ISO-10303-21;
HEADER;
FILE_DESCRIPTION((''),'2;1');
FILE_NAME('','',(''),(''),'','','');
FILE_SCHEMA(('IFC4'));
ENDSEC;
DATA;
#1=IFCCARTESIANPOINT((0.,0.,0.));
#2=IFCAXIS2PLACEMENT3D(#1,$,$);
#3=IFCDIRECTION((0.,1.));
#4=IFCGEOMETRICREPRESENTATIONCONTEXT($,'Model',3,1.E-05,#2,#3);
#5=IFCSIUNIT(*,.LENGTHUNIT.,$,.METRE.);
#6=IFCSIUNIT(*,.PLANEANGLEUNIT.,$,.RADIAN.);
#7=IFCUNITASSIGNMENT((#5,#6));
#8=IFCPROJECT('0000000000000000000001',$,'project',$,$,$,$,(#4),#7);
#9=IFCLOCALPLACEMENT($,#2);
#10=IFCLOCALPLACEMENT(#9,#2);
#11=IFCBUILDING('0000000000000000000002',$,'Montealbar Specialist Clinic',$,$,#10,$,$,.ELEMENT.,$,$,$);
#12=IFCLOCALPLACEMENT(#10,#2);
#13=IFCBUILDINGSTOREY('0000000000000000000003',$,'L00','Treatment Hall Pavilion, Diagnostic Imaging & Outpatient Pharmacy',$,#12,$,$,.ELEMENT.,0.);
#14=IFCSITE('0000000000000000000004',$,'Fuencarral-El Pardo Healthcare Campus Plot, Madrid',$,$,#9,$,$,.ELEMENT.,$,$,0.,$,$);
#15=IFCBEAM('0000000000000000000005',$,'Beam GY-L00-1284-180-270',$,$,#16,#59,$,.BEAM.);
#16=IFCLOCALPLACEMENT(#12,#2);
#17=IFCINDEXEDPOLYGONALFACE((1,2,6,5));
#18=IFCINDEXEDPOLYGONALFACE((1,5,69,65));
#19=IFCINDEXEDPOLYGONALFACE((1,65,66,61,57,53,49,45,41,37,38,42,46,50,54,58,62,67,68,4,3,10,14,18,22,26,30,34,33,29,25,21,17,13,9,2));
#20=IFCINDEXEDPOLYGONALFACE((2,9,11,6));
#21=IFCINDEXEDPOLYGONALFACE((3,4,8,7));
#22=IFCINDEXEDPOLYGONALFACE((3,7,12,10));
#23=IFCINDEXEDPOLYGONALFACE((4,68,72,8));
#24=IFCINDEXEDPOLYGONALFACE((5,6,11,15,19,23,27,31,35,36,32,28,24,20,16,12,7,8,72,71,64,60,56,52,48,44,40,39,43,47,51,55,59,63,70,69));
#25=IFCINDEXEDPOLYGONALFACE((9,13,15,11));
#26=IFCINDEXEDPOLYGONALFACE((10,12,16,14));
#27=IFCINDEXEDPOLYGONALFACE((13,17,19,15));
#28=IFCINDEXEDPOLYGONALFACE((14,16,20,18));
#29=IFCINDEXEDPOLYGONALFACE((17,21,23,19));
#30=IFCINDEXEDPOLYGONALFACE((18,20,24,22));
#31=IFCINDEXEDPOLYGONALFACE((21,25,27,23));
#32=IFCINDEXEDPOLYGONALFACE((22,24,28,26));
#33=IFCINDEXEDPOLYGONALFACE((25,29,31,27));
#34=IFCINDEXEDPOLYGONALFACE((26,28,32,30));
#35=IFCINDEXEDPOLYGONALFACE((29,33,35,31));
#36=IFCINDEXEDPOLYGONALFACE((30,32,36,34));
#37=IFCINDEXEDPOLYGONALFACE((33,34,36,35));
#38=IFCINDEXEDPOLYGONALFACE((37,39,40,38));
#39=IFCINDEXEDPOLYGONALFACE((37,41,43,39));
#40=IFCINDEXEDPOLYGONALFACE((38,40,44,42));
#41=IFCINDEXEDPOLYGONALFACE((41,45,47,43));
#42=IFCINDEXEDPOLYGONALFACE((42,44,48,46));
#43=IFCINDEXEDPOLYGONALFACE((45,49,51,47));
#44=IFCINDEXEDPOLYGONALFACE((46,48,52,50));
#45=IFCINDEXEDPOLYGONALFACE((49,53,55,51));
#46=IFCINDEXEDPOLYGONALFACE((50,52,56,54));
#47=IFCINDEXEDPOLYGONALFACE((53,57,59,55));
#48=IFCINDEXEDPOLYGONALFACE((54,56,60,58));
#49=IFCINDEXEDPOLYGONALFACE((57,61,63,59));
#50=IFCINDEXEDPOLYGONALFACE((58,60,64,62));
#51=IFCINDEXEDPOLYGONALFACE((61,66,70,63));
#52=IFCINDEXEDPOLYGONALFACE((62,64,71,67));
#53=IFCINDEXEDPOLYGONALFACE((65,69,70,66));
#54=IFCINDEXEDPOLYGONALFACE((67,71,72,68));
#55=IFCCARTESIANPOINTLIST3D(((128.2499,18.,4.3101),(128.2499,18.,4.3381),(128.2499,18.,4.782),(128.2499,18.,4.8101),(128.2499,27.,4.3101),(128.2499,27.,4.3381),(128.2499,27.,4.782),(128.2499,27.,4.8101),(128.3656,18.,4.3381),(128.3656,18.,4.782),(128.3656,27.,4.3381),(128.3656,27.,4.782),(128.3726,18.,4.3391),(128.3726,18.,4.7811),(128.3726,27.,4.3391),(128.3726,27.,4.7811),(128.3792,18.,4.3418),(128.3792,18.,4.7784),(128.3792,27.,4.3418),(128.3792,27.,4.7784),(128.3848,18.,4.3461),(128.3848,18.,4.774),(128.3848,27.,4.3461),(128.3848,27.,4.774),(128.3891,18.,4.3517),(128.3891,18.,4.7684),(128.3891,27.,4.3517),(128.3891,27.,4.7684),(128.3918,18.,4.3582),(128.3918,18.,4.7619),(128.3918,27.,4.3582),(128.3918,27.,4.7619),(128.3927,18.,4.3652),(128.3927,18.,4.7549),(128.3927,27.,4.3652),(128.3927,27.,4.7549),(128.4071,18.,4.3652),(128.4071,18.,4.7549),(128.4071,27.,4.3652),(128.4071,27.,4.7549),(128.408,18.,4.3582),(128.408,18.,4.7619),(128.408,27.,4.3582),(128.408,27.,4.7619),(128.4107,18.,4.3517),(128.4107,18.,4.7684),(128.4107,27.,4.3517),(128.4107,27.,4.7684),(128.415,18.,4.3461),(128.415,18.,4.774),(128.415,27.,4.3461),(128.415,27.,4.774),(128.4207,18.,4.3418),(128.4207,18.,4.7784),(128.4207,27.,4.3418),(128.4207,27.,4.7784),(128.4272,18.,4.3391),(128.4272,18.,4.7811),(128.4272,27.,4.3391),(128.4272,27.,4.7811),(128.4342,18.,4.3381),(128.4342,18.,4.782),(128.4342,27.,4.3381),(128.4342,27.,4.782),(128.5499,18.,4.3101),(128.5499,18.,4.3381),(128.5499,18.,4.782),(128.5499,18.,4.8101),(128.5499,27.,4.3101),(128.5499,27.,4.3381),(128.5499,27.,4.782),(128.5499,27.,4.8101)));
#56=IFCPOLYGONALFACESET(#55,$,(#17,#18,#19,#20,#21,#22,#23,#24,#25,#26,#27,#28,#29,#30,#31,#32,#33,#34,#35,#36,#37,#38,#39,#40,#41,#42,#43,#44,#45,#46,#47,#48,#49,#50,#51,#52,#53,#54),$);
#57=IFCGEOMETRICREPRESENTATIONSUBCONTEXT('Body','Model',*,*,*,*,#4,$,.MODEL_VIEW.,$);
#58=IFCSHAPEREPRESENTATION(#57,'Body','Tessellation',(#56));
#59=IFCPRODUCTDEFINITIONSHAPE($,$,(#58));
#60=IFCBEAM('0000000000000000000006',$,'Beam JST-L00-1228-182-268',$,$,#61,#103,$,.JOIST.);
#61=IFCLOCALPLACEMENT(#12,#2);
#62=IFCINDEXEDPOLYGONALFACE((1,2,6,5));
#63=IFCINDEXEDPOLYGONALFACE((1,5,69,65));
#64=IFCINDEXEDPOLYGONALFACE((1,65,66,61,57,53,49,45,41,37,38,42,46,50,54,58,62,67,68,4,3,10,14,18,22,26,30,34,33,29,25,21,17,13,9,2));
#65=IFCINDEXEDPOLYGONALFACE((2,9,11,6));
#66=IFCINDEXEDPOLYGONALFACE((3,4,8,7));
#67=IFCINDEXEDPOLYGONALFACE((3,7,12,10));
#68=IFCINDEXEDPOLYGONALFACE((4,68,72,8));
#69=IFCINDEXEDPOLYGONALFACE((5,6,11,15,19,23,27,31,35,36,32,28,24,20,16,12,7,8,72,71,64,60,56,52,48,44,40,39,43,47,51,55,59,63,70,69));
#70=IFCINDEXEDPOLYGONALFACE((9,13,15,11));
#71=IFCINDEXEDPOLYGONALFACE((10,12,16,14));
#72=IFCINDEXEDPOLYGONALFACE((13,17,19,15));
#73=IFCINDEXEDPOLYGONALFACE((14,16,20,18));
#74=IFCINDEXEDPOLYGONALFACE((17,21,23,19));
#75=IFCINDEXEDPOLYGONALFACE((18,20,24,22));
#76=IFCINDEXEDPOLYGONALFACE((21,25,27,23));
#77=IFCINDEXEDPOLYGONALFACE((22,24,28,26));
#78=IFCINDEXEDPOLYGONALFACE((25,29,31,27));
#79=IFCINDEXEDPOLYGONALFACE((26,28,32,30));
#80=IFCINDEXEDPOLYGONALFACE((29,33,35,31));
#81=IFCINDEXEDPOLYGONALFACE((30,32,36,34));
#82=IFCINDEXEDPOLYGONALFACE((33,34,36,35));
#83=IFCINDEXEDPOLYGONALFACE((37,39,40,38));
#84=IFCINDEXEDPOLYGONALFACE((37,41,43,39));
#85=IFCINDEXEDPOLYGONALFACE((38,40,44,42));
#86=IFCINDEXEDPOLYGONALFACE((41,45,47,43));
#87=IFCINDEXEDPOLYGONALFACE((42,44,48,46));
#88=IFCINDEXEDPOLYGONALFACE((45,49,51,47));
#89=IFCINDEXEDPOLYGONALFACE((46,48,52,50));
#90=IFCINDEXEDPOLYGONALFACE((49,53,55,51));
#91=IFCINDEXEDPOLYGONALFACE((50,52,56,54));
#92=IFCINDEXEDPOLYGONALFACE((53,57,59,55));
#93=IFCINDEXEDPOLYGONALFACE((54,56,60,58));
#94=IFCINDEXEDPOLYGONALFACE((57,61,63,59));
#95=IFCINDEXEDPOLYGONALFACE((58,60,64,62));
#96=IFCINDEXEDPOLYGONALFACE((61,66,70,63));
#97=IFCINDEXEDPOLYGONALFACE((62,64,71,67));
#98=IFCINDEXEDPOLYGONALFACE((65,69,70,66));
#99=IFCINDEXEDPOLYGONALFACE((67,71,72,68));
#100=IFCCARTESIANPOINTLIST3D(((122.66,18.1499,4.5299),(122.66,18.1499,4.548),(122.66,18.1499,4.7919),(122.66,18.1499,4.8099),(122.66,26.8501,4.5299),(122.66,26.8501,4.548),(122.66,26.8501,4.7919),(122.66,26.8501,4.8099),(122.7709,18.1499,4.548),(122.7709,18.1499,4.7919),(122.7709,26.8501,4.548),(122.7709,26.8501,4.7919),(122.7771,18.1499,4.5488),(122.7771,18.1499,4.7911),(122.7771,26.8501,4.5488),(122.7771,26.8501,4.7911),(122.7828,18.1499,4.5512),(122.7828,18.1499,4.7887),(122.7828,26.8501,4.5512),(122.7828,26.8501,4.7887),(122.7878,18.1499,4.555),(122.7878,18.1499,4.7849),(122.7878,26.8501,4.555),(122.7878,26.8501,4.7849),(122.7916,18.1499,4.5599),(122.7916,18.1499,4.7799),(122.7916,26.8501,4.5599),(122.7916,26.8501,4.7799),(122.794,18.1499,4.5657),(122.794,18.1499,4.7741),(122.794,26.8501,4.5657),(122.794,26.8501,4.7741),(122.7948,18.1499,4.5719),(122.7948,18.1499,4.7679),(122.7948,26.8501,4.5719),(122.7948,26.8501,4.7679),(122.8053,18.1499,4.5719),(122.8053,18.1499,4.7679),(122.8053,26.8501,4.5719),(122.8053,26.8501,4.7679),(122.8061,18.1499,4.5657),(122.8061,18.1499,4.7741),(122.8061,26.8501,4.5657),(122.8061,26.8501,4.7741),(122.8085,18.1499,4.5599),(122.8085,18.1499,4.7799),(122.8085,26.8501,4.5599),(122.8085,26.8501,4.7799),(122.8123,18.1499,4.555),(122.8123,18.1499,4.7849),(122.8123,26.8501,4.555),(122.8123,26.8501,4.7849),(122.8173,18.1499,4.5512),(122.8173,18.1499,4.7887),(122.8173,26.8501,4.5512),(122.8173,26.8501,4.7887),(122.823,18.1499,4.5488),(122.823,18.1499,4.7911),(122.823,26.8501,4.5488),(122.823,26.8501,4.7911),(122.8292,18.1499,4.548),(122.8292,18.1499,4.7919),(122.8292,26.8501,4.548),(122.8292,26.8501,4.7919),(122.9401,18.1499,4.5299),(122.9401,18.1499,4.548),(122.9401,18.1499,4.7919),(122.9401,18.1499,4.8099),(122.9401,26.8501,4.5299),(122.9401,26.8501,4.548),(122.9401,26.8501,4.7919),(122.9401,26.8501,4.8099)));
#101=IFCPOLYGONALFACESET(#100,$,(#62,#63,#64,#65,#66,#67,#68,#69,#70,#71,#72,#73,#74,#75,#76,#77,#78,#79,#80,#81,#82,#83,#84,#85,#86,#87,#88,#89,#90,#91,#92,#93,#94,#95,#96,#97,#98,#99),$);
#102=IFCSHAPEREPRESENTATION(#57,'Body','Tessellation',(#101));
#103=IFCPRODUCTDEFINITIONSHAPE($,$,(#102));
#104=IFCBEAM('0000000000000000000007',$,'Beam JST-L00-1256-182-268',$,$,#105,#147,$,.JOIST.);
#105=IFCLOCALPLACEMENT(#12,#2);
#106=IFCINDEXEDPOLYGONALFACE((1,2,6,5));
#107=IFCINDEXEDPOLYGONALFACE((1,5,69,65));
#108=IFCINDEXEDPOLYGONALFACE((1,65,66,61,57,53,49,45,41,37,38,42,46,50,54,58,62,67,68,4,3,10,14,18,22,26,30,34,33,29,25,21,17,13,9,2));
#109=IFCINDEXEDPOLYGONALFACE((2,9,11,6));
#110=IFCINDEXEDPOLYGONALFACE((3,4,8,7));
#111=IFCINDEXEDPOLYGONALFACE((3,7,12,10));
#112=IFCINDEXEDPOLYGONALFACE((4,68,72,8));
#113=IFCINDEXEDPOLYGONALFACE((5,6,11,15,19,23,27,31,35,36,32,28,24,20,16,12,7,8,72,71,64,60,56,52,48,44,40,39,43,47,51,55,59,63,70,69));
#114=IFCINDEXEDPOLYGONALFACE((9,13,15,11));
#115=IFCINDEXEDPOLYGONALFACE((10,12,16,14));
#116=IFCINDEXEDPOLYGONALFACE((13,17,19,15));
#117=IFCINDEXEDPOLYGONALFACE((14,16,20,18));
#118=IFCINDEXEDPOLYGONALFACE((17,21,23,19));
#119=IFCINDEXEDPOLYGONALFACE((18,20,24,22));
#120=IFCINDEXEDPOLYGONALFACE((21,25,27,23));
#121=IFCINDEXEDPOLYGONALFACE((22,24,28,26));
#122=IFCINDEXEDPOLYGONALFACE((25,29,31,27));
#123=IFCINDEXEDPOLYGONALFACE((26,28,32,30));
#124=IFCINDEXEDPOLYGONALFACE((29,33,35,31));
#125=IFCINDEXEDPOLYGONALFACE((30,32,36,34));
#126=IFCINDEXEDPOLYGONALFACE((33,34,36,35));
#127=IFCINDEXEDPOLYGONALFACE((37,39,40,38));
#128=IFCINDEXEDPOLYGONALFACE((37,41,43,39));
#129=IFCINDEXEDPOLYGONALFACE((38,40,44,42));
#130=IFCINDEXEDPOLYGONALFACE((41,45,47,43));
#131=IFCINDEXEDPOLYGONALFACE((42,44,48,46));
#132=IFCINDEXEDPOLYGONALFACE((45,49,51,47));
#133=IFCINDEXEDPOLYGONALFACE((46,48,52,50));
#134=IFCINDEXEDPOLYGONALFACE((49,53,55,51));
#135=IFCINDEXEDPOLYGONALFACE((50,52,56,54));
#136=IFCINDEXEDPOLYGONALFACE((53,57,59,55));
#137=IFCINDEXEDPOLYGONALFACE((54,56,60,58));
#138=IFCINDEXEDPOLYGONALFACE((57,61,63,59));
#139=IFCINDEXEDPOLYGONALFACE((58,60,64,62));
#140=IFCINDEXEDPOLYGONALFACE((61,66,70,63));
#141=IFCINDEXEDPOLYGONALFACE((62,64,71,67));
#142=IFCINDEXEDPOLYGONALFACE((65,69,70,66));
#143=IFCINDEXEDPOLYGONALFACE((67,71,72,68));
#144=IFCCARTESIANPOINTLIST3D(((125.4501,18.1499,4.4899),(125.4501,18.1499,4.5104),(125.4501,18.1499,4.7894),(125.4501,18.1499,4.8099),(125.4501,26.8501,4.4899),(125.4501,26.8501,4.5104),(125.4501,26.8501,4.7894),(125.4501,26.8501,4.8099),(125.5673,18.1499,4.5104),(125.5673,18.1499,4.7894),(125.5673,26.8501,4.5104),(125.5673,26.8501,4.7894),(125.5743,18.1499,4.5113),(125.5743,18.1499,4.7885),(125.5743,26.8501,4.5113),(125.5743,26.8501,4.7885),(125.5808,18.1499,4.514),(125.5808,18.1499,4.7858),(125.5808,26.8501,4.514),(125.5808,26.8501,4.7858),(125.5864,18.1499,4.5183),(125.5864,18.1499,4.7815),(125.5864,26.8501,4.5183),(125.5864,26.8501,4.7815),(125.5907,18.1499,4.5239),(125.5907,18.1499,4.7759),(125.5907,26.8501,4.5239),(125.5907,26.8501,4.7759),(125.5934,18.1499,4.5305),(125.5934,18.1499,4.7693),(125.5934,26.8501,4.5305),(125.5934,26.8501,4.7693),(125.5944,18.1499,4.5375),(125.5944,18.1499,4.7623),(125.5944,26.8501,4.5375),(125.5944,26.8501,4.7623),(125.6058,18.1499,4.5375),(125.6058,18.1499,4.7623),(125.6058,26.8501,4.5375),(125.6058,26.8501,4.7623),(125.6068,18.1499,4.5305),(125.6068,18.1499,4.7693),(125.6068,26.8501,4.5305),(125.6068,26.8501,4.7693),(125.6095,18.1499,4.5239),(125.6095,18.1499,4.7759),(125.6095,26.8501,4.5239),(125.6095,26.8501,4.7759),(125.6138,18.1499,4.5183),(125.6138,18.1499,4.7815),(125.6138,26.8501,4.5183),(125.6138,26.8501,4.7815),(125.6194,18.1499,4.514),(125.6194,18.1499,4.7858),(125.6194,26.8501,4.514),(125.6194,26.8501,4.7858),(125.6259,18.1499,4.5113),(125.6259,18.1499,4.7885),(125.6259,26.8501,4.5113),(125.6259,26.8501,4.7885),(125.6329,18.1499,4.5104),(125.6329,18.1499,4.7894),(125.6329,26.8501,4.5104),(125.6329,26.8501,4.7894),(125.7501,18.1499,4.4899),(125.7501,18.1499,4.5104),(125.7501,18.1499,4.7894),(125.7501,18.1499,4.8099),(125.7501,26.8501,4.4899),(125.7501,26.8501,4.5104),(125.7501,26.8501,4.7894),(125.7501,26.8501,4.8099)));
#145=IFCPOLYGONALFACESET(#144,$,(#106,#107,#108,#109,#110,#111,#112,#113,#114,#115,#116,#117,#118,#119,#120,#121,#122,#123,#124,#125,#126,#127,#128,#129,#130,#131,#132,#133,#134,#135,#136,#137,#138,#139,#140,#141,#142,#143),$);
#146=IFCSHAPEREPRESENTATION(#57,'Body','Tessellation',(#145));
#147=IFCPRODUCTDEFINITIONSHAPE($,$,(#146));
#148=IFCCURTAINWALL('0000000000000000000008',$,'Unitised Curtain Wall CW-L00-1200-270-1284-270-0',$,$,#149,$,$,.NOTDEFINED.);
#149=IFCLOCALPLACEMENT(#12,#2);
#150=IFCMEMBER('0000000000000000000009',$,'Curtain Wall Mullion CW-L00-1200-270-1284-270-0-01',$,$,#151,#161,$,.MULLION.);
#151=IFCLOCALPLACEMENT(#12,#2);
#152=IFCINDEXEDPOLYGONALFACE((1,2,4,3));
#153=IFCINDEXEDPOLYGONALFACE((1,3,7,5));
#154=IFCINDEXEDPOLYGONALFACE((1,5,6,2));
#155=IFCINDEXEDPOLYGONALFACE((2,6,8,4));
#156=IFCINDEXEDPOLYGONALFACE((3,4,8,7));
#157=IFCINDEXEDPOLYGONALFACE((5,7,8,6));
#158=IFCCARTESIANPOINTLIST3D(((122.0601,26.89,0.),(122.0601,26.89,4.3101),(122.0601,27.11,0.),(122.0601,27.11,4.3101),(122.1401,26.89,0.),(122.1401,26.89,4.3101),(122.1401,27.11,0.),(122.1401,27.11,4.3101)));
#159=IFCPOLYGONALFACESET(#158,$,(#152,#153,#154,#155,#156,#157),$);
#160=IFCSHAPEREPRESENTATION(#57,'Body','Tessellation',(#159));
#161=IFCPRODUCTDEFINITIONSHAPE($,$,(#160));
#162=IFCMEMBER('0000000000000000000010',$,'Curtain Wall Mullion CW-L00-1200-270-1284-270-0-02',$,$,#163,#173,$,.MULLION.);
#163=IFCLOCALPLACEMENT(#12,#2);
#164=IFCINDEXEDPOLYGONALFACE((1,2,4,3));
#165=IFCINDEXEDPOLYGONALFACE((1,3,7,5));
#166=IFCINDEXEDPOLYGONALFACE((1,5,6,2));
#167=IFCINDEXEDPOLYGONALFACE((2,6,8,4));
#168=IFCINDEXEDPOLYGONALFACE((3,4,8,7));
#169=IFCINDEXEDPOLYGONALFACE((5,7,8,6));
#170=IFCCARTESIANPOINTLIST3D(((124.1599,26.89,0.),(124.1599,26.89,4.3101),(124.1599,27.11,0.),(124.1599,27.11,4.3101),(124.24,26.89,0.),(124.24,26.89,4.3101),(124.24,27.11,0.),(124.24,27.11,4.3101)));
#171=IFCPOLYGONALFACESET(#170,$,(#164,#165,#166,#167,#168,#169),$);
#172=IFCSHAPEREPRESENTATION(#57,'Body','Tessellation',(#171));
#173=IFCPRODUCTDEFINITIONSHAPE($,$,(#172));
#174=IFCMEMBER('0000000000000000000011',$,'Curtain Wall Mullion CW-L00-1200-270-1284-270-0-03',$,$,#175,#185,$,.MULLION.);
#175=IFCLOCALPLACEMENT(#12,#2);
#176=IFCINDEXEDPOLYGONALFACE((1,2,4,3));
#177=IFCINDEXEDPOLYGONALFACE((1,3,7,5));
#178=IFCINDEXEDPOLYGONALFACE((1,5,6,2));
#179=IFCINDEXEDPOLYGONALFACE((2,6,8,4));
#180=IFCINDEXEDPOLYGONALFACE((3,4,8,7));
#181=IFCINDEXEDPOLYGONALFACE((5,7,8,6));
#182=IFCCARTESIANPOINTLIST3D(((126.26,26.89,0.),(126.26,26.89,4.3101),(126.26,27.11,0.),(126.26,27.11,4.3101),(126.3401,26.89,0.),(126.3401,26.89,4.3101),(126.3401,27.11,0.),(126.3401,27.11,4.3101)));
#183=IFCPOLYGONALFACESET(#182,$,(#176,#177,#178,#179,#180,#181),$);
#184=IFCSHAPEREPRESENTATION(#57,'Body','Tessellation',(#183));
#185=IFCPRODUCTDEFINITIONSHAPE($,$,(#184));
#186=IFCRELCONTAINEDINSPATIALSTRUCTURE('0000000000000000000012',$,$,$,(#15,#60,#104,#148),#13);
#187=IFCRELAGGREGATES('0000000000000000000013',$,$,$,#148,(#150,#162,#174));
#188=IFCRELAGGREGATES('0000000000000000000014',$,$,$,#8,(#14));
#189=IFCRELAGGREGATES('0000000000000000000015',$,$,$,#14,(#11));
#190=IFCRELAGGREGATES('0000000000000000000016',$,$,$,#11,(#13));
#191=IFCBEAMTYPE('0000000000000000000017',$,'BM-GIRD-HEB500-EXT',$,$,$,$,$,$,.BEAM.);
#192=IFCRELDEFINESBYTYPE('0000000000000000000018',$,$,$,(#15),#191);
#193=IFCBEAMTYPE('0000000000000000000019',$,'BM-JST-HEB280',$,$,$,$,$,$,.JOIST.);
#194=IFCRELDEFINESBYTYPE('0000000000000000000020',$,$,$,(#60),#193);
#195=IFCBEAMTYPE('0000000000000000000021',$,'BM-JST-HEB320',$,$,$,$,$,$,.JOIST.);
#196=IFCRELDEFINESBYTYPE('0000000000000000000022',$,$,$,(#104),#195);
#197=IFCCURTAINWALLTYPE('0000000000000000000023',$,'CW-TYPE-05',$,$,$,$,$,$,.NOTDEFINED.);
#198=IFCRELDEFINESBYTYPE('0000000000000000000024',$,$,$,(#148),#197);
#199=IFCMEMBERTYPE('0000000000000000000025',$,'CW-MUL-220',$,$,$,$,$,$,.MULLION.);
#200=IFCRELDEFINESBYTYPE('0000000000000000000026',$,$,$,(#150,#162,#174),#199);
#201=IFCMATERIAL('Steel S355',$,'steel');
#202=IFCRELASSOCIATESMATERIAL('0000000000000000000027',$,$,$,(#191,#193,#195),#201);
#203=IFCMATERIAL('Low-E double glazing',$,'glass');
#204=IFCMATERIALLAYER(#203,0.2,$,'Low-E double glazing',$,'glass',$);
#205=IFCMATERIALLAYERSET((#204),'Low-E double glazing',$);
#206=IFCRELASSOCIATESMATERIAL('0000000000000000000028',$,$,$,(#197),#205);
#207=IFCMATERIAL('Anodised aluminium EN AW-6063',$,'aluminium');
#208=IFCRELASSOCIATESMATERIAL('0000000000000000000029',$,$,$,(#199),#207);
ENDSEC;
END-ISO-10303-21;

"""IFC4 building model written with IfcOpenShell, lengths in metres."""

from ifc_helpers import new_model, si_unit, direction, frame, origin, origin_2d, place, context, subcontext, project, spatial, rectangle, i_section, extrude, material, layer, layer_set, material_profile, profile_set, type_object, element, aggregate, save


model = new_model("IFC4")

# Units and contexts
model_context = context("Model", 3, precision=1e-05, world=origin(), true_north=direction((0.0, 1.0)))
body_context = subcontext(model_context, "Body", "Model", "MODEL_VIEW")
ifc_project = project(units=[si_unit("LENGTHUNIT", "METRE"), si_unit("PLANEANGLEUNIT", "RADIAN")], contexts=[model_context])

# Site, building, storey
site_placement = place(None, origin())
site = spatial("IfcSite", under=ifc_project, at=site_placement, Name="Fuencarral-El Pardo Healthcare Campus Plot, Madrid", CompositionType="ELEMENT", RefElevation=0.0)
building_placement = place(site_placement, origin())
building = spatial("IfcBuilding", under=site, at=building_placement, Name="Montealbar Specialist Clinic", CompositionType="ELEMENT")
storey_placement = place(building_placement, origin())
storey = spatial("IfcBuildingStorey", under=building, at=storey_placement, Name="L00", Description="Treatment Hall Pavilion, Diagnostic Imaging & Outpatient Pharmacy", CompositionType="ELEMENT", Elevation=0.0)

# Shared definitions
ifc_material_1 = material(Name="Steel S355", Category="steel")

# Beams
ifc_material_profile_1 = material_profile(ifc_material_1, i_section(OverallWidth=0.3, OverallDepth=0.5, WebThickness=0.0144, FlangeThickness=0.0281, FilletRadius=0.0271, at=origin_2d()), Name="HEB 500", Category="steel")
ifc_profile_set_1 = profile_set([ifc_material_profile_1], Name="Steel S355")
beam_type_1 = type_object("IfcBeamType", Name="BM-GIRD-HEB500-EXT", PredefinedType="BEAM", material=ifc_profile_set_1)
beam_1_placement = place(storey_placement, frame((128.3999, 18.0, 4.5601), z_axis=(0.0, 1.0, 0.0), x_axis=(-1.0, 0.0, 0.0)))
element("IfcBeam", 1, at=beam_1_placement, inside=storey, type_object=beam_type_1, Name="Beam GY-L00-1284-180-270", PredefinedType="BEAM", context=body_context, shape_type="SweptSolid", body=[
    extrude(i_section(OverallWidth=0.3, OverallDepth=0.5, WebThickness=0.0144, FlangeThickness=0.0281, FilletRadius=0.0271, at=origin_2d()), origin(), (0.0, 0.0, 1.0), 9.0),
])
ifc_material_profile_2 = material_profile(ifc_material_1, i_section(OverallWidth=0.28, OverallDepth=0.28, WebThickness=0.0105, FlangeThickness=0.0181, FilletRadius=0.0239, at=origin_2d()), Name="HEB 280", Category="steel")
ifc_profile_set_2 = profile_set([ifc_material_profile_2], Name="Steel S355")
beam_type_2 = type_object("IfcBeamType", Name="BM-JST-HEB280", PredefinedType="JOIST", material=ifc_profile_set_2)
beam_2_placement = place(storey_placement, frame((122.8, 18.1499, 4.6699), z_axis=(0.0, 1.0, 0.0), x_axis=(-1.0, 0.0, 0.0)))
element("IfcBeam", 2, at=beam_2_placement, inside=storey, type_object=beam_type_2, Name="Beam JST-L00-1228-182-268", PredefinedType="JOIST", context=body_context, shape_type="SweptSolid", body=[
    extrude(i_section(OverallWidth=0.28, OverallDepth=0.28, WebThickness=0.0105, FlangeThickness=0.0181, FilletRadius=0.0239, at=origin_2d()), origin(), (0.0, 0.0, 1.0), 8.7002),
])
ifc_material_profile_3 = material_profile(ifc_material_1, i_section(OverallWidth=0.3, OverallDepth=0.3201, WebThickness=0.0115, FlangeThickness=0.0205, FilletRadius=0.0271, at=origin_2d()), Name="HEB 320", Category="steel")
ifc_profile_set_3 = profile_set([ifc_material_profile_3], Name="Steel S355")
beam_type_3 = type_object("IfcBeamType", Name="BM-JST-HEB320", PredefinedType="JOIST", material=ifc_profile_set_3)
beam_3_placement = place(storey_placement, frame((125.6001, 18.1499, 4.6499), z_axis=(0.0, 1.0, 0.0), x_axis=(-1.0, 0.0, 0.0)))
element("IfcBeam", 3, at=beam_3_placement, inside=storey, type_object=beam_type_3, Name="Beam JST-L00-1256-182-268", PredefinedType="JOIST", context=body_context, shape_type="SweptSolid", body=[
    extrude(i_section(OverallWidth=0.3, OverallDepth=0.3201, WebThickness=0.0115, FlangeThickness=0.0205, FilletRadius=0.0271, at=origin_2d()), origin(), (0.0, 0.0, 1.0), 8.7002),
])

# Curtain wall, members
ifc_material_2 = material(Name="Low-E double glazing", Category="glass")
ifc_layer_1 = layer(ifc_material_2, 0.2, Name="Low-E double glazing", Category="glass")
ifc_layer_set_1 = layer_set([ifc_layer_1], Name="Low-E double glazing")
curtain_wall_type = type_object("IfcCurtainWallType", Name="CW-TYPE-05", PredefinedType="NOTDEFINED", material=ifc_layer_set_1)
curtain_wall_placement = place(storey_placement, origin())
curtain_wall = element("IfcCurtainWall", 4, at=curtain_wall_placement, inside=storey, type_object=curtain_wall_type, Name="Unitised Curtain Wall CW-L00-1200-270-1284-270-0", PredefinedType="NOTDEFINED")
ifc_material_3 = material(Name="Anodised aluminium EN AW-6063", Category="aluminium")
ifc_material_profile_4 = material_profile(ifc_material_3, rectangle(XDim=0.0801, YDim=0.22, at=origin_2d()), Name="ALU 80x220", Category="aluminium")
ifc_profile_set_4 = profile_set([ifc_material_profile_4], Name="Anodised aluminium EN AW-6063")
member_type = type_object("IfcMemberType", Name="CW-MUL-220", PredefinedType="MULLION", material=ifc_profile_set_4)
member_1_placement = place(storey_placement, frame((122.1001, 27.0, 0.0), z_axis=(0.0, 0.0, 1.0), x_axis=(1.0, 0.0, 0.0)))
member_1 = element("IfcMember", 5, at=member_1_placement, type_object=member_type, Name="Curtain Wall Mullion CW-L00-1200-270-1284-270-0-01", PredefinedType="MULLION", context=body_context, shape_type="SweptSolid", body=[
    extrude(rectangle(XDim=0.0801, YDim=0.22, at=origin_2d()), origin(), (0.0, 0.0, 1.0), 4.3101),
])
member_2_placement = place(storey_placement, frame((124.2, 27.0, 0.0), z_axis=(0.0, 0.0, 1.0), x_axis=(1.0, 0.0, 0.0)))
member_2 = element("IfcMember", 6, at=member_2_placement, type_object=member_type, Name="Curtain Wall Mullion CW-L00-1200-270-1284-270-0-02", PredefinedType="MULLION", context=body_context, shape_type="SweptSolid", body=[
    extrude(rectangle(XDim=0.0801, YDim=0.22, at=origin_2d()), origin(), (0.0, 0.0, 1.0), 4.3101),
])
member_3_placement = place(storey_placement, frame((126.3, 27.0, 0.0), z_axis=(0.0, 0.0, 1.0), x_axis=(1.0, 0.0, 0.0)))
member_3 = element("IfcMember", 7, at=member_3_placement, type_object=member_type, Name="Curtain Wall Mullion CW-L00-1200-270-1284-270-0-03", PredefinedType="MULLION", context=body_context, shape_type="SweptSolid", body=[
    extrude(rectangle(XDim=0.0801, YDim=0.22, at=origin_2d()), origin(), (0.0, 0.0, 1.0), 4.3101),
])
aggregate(curtain_wall, [member_1, member_2, member_3])

save(model, "model.ifc")
